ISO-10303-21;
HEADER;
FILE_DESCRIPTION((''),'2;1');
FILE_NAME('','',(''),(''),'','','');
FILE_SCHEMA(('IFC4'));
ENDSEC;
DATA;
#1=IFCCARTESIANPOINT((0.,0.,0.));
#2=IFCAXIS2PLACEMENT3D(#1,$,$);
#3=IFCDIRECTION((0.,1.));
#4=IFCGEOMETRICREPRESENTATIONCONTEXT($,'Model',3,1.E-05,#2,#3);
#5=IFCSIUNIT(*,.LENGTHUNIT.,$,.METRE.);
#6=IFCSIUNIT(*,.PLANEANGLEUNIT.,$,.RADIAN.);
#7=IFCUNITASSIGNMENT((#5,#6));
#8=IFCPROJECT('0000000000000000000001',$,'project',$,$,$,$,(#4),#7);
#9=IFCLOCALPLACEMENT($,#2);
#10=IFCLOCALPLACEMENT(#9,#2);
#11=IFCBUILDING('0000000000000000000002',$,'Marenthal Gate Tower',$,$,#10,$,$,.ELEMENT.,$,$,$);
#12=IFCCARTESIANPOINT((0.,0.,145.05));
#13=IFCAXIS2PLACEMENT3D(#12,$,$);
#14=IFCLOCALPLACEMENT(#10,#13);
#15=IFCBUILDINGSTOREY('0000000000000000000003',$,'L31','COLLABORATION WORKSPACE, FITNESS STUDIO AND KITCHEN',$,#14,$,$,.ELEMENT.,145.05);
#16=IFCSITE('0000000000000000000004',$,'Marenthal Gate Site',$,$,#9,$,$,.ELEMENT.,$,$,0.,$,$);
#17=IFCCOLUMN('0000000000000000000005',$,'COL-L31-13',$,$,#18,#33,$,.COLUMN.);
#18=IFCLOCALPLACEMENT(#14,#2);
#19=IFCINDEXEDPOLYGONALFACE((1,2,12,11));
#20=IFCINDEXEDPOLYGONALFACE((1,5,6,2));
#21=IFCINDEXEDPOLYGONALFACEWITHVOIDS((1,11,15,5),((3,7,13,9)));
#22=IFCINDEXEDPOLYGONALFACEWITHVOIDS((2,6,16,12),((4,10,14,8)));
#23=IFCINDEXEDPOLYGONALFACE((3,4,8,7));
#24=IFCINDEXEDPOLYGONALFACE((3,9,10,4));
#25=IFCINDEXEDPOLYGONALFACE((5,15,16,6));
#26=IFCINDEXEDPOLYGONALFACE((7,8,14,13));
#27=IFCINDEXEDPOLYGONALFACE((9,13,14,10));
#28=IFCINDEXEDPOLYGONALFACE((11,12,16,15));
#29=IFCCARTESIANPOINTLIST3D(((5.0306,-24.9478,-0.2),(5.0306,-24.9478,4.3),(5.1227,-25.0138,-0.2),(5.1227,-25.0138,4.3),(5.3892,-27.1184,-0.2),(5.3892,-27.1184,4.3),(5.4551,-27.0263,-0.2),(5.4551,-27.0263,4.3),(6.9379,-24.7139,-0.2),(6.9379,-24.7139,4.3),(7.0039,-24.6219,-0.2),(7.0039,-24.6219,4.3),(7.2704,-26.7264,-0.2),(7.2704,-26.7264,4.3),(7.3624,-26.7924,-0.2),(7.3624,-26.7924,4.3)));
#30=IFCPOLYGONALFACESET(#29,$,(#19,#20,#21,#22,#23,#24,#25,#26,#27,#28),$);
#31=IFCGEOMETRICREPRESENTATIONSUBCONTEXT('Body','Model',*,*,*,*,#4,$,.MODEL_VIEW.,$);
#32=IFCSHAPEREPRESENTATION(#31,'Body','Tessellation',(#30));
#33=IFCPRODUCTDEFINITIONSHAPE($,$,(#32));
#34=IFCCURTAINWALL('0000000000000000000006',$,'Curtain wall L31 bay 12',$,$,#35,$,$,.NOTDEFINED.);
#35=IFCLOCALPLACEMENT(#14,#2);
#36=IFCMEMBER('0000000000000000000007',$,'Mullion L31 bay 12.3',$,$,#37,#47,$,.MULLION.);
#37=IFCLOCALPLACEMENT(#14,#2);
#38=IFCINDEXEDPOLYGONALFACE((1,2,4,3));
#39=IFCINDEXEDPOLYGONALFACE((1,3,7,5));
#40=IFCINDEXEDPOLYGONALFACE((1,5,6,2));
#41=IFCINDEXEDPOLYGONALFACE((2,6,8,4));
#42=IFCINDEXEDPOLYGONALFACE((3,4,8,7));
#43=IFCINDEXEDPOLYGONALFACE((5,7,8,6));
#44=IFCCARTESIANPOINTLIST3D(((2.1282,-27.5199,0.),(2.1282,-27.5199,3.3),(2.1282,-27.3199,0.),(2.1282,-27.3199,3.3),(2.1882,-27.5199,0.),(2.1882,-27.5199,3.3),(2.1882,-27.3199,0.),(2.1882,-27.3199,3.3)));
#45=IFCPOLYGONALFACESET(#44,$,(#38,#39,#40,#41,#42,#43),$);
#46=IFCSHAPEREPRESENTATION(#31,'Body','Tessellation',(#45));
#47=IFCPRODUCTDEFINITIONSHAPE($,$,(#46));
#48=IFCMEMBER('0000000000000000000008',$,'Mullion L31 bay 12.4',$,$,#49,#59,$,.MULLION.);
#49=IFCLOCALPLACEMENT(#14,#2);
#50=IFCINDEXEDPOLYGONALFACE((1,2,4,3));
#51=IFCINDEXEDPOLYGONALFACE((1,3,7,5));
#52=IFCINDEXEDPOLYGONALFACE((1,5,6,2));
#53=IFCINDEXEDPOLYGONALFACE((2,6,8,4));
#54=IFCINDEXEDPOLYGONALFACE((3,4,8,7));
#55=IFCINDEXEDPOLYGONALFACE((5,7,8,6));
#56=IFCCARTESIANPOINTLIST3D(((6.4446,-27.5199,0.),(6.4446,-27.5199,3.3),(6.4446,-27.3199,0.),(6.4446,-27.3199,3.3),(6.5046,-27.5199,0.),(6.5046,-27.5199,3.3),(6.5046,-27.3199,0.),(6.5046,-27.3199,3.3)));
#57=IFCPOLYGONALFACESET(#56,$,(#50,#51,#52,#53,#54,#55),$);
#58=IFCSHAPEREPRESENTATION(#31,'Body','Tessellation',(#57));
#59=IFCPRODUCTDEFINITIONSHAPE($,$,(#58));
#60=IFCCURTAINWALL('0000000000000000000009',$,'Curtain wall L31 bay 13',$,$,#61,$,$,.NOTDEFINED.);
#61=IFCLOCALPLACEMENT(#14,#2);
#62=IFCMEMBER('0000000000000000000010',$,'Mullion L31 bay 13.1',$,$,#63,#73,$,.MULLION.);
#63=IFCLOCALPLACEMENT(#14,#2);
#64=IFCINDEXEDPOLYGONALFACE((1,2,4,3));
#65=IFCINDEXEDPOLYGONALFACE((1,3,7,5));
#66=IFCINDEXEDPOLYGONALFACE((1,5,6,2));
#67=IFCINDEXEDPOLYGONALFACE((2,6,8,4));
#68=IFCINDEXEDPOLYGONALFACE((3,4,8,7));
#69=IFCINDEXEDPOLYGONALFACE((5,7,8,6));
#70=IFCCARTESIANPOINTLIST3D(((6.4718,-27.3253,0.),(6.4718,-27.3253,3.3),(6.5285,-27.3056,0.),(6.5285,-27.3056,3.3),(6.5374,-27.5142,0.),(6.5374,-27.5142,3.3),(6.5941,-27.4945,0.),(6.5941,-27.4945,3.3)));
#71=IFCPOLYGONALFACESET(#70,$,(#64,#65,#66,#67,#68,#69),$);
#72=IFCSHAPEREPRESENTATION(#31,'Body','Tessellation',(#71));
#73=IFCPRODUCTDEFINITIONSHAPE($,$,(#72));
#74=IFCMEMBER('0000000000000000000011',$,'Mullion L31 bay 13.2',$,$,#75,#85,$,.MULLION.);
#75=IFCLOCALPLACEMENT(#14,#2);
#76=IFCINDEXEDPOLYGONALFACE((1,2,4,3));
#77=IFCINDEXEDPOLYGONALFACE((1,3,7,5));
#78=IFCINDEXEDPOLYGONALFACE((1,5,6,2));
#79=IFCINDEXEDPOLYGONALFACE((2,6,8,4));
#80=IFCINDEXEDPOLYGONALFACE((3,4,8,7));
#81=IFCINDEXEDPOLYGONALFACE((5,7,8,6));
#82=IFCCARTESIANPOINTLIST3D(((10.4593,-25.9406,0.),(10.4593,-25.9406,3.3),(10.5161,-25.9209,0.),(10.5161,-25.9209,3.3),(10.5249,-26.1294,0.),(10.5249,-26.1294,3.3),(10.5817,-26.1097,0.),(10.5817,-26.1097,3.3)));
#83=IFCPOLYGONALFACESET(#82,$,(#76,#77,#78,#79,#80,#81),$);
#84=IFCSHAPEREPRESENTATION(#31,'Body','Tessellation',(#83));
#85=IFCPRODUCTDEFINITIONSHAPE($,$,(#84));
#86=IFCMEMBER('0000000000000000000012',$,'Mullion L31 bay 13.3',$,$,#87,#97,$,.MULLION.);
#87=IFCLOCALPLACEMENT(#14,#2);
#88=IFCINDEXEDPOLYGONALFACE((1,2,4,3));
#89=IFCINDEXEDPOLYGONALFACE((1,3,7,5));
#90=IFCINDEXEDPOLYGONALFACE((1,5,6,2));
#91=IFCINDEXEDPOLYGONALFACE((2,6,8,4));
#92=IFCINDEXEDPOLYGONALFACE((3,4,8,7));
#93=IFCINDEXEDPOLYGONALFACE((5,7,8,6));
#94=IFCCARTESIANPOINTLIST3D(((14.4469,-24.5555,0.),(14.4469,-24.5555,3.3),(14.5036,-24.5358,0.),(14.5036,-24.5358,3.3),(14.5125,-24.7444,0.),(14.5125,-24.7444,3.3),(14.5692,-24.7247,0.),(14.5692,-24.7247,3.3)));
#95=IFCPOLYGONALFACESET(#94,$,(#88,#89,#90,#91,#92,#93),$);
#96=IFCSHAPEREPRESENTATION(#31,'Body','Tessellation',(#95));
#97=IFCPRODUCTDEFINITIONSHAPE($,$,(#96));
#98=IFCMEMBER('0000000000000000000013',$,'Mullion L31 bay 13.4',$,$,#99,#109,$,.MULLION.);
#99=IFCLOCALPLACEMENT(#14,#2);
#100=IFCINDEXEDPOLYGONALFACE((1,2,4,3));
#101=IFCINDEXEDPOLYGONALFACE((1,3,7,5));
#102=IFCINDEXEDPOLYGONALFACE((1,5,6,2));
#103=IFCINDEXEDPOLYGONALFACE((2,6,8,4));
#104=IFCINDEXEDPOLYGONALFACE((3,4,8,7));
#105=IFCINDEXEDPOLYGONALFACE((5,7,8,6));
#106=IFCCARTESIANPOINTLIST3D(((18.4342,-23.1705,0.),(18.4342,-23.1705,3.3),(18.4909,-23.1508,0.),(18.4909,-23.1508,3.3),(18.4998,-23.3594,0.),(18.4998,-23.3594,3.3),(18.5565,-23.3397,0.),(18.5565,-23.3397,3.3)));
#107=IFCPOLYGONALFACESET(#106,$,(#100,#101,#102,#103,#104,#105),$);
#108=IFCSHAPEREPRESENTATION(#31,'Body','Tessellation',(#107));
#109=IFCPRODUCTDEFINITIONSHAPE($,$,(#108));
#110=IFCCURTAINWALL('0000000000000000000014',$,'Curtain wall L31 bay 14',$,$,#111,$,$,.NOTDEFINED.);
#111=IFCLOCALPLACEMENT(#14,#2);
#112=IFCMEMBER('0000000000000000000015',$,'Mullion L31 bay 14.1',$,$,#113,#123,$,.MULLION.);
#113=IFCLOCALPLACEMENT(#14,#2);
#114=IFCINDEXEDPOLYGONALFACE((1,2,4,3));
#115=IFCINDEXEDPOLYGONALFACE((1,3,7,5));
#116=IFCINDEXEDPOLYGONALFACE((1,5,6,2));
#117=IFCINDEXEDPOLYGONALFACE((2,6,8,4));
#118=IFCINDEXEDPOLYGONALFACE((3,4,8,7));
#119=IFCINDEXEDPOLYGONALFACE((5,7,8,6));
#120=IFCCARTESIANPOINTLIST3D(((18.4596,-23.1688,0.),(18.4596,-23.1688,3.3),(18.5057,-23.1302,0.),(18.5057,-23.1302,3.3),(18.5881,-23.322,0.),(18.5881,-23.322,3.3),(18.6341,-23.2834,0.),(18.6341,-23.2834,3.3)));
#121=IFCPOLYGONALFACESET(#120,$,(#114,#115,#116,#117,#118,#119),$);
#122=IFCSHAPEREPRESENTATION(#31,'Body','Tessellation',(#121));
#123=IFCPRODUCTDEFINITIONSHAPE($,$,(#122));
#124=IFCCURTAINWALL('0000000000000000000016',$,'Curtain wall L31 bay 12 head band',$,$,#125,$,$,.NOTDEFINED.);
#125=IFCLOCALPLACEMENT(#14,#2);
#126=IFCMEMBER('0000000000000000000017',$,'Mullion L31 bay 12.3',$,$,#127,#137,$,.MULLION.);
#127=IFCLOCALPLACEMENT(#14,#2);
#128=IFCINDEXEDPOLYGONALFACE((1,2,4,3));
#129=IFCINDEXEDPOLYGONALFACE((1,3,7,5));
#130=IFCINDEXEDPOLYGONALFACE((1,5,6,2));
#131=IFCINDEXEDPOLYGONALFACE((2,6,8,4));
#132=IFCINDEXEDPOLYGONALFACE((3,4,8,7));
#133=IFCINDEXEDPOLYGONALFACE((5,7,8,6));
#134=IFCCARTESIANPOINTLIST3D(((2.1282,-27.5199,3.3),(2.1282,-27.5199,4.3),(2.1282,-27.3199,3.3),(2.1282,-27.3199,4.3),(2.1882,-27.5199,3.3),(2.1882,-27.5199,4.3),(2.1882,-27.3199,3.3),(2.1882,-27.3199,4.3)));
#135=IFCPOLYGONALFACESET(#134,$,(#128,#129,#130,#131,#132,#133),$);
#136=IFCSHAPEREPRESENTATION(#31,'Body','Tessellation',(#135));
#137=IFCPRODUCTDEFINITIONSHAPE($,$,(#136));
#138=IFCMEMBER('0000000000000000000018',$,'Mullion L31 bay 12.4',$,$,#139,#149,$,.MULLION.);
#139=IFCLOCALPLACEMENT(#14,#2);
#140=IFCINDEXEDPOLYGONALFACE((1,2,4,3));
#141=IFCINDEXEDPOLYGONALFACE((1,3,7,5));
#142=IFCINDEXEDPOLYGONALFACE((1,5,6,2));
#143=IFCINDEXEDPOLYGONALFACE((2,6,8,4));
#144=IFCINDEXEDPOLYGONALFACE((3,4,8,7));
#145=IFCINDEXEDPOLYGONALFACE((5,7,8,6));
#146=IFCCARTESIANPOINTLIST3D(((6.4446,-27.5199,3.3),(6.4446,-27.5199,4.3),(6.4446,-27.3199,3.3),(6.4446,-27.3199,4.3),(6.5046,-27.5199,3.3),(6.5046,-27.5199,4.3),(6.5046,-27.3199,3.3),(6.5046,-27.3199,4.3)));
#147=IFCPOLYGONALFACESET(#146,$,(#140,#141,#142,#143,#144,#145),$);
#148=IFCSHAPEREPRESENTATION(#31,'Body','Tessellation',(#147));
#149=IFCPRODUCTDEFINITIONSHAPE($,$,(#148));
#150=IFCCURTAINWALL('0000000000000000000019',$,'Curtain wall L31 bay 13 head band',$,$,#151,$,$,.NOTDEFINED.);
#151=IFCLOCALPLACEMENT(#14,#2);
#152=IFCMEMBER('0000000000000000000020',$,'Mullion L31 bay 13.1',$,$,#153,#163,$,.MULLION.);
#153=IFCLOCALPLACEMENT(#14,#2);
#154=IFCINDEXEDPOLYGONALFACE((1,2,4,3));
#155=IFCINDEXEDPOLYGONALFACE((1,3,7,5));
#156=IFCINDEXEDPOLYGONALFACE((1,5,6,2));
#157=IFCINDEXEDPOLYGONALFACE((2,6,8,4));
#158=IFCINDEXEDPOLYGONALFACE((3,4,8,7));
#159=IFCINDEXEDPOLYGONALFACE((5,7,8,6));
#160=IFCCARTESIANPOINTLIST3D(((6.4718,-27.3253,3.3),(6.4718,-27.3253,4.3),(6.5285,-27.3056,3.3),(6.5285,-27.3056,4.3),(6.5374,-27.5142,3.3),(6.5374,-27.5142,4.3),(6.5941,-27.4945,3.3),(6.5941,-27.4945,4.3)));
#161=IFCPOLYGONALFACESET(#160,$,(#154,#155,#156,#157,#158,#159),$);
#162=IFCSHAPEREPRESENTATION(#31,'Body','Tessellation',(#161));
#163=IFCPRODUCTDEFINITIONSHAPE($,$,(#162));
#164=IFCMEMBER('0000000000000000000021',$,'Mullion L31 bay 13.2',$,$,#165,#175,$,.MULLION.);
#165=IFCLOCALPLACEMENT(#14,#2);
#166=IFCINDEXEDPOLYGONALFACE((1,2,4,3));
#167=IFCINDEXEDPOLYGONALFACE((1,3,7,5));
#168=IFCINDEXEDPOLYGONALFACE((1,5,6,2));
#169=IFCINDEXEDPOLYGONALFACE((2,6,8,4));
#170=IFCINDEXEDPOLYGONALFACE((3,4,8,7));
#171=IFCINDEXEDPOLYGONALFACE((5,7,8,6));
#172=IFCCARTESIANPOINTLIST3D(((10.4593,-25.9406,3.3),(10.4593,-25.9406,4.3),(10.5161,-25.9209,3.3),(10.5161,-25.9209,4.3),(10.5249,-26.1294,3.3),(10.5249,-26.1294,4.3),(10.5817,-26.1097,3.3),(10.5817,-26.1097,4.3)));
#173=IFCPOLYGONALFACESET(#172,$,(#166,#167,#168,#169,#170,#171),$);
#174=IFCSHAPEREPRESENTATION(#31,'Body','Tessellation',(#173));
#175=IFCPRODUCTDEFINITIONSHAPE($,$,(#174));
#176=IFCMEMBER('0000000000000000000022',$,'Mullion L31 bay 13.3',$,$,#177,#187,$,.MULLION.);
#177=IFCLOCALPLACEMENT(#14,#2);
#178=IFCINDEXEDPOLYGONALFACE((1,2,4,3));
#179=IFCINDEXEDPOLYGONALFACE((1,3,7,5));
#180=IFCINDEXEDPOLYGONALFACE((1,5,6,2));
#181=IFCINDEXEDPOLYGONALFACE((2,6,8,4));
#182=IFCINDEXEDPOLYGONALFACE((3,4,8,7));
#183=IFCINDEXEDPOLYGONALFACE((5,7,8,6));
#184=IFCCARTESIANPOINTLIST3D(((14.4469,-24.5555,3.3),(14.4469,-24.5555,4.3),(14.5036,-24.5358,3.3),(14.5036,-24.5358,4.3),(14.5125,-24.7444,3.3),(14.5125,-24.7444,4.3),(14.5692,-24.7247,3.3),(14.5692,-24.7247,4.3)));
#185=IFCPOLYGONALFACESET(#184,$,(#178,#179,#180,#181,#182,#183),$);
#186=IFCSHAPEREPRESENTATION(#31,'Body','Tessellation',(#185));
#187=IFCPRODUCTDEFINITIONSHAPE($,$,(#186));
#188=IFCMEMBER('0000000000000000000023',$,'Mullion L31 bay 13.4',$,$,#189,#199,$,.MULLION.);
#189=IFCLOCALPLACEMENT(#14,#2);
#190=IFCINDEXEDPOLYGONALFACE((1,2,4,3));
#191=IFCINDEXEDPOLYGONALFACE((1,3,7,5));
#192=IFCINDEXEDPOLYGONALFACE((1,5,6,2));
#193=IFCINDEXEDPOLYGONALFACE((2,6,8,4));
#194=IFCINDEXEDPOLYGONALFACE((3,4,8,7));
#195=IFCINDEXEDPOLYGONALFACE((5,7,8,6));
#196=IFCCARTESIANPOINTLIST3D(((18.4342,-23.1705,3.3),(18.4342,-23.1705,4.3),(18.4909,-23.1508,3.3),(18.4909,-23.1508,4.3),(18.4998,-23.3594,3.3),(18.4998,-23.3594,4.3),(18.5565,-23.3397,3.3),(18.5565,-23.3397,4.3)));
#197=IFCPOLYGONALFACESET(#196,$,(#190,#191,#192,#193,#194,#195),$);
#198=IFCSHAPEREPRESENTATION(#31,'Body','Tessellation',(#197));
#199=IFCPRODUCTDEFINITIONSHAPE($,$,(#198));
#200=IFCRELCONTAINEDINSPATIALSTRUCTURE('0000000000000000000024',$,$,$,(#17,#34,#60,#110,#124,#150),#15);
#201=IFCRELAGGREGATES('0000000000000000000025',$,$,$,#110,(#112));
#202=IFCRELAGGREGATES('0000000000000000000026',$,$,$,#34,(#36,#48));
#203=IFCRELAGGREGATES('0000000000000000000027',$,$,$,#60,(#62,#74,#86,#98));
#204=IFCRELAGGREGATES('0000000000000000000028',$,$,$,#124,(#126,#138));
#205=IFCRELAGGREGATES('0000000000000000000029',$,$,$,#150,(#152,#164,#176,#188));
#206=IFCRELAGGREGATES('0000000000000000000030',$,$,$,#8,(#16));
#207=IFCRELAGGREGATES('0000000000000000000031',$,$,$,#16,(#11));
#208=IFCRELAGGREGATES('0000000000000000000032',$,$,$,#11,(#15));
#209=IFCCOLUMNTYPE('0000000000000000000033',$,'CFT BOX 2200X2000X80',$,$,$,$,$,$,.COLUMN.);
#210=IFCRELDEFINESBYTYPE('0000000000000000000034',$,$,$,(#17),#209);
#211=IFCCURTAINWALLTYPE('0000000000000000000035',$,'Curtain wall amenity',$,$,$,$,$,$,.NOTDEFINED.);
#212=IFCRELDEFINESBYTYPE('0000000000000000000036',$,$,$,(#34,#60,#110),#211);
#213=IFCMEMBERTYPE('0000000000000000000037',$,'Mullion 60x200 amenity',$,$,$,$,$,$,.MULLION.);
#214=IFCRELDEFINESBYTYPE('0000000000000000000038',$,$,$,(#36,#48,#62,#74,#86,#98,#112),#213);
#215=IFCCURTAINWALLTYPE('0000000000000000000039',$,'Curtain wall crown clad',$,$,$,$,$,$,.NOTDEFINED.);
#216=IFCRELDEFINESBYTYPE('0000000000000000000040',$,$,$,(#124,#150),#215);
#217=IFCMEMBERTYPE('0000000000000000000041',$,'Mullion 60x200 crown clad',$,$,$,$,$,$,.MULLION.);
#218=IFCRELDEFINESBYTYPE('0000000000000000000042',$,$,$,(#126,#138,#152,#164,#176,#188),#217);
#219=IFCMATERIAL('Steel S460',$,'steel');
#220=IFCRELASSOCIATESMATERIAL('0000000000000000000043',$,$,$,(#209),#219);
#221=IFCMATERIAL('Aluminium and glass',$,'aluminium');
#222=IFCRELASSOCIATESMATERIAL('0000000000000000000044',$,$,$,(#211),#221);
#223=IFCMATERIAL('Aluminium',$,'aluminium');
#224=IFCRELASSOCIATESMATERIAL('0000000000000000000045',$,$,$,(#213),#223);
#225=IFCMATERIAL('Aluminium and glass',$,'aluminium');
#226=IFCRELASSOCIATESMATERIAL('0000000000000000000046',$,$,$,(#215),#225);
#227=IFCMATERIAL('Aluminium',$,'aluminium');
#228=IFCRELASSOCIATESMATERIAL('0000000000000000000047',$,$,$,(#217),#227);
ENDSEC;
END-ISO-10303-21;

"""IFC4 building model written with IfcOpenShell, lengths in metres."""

from ifc_helpers import new_model, si_unit, direction, frame, origin, origin_2d, place, context, subcontext, project, spatial, rectangle, hollow_rectangle, extrude, material, material_profile, profile_set, type_object, element, aggregate, save


model = new_model("IFC4")

# Units and contexts
model_context = context("Model", 3, precision=1e-05, world=origin(), true_north=direction((0.0, 1.0)))
body_context = subcontext(model_context, "Body", "Model", "MODEL_VIEW")
ifc_project = project(units=[si_unit("LENGTHUNIT", "METRE"), si_unit("PLANEANGLEUNIT", "RADIAN")], contexts=[model_context])

# Site, building, storey
site_placement = place(None, origin())
site = spatial("IfcSite", under=ifc_project, at=site_placement, Name="Marenthal Gate Site", CompositionType="ELEMENT", RefElevation=0.0)
building_placement = place(site_placement, origin())
building = spatial("IfcBuilding", under=site, at=building_placement, Name="Marenthal Gate Tower", CompositionType="ELEMENT")
storey_placement = place(building_placement, frame((0.0, 0.0, 145.05)))
storey = spatial("IfcBuildingStorey", under=building, at=storey_placement, Name="L31", Description="COLLABORATION WORKSPACE, FITNESS STUDIO AND KITCHEN", CompositionType="ELEMENT", Elevation=145.05)

# Column
ifc_material_1 = material(Name="Steel S460", Category="steel")
ifc_material_profile_1 = material_profile(ifc_material_1, hollow_rectangle(XDim=2.0, YDim=2.2, WallThickness=0.0801, at=origin_2d()), Name="CFT BOX 2200X2000X80")
ifc_material_2 = material(Name="Concrete 70 MPa", Category="concrete")
ifc_material_profile_2 = material_profile(ifc_material_2, rectangle(XDim=1.8401, YDim=2.04, at=origin_2d()), Name="CFT BOX 2200X2000X80 INFILL")
ifc_profile_set_1 = profile_set([ifc_material_profile_1, ifc_material_profile_2], Name="Steel S460 shell, Concrete 70 MPa infill")
column_type = type_object("IfcColumnType", Name="CFT BOX 2200X2000X80", PredefinedType="COLUMN", material=ifc_profile_set_1)
column_placement = place(storey_placement, frame((6.1965, -25.8701, -0.2), z_axis=(0.0, 0.0, 1.0), x_axis=(-0.986629, -0.16298, 0.0)))
element("IfcColumn", 1, at=column_placement, inside=storey, type_object=column_type, Name="COL-L31-13", PredefinedType="COLUMN", context=body_context, shape_type="SweptSolid", body=[
    extrude(hollow_rectangle(XDim=2.0, YDim=2.2, WallThickness=0.0801, at=origin_2d()), origin(), (0.0, 0.0, 1.0), 4.5),
])

# Curtain walls, members
ifc_material_3 = material(Name="Aluminium and glass", Category="aluminium")
curtain_wall_type_1 = type_object("IfcCurtainWallType", Name="Curtain wall amenity", PredefinedType="NOTDEFINED", material=ifc_material_3)
curtain_wall_1_placement = place(storey_placement, origin())
curtain_wall_1 = element("IfcCurtainWall", 2, at=curtain_wall_1_placement, inside=storey, type_object=curtain_wall_type_1, Name="Curtain wall L31 bay 12", PredefinedType="NOTDEFINED")
ifc_material_4 = material(Name="Aluminium", Category="aluminium")
ifc_material_profile_3 = material_profile(ifc_material_4, rectangle(XDim=0.2, YDim=0.0601, at=origin_2d()), Name="60x200 aluminium mullion")
ifc_profile_set_2 = profile_set([ifc_material_profile_3], Name="Aluminium")
member_type_1 = type_object("IfcMemberType", Name="Mullion 60x200 amenity", PredefinedType="MULLION", material=ifc_profile_set_2)
member_1_placement = place(storey_placement, frame((2.1582, -27.4199, 0.0), z_axis=(0.0, 0.0, 1.0), x_axis=(0.0, 1.0, 0.0)))
member_1 = element("IfcMember", 3, at=member_1_placement, type_object=member_type_1, Name="Mullion L31 bay 12.3", PredefinedType="MULLION", context=body_context, shape_type="SweptSolid", body=[
    extrude(rectangle(XDim=0.2, YDim=0.0601, at=origin_2d()), origin(), (0.0, 0.0, 1.0), 3.3),
])
member_2_placement = place(storey_placement, frame((6.4746, -27.4199, 0.0), z_axis=(0.0, 0.0, 1.0), x_axis=(0.0, 1.0, 0.0)))
member_2 = element("IfcMember", 4, at=member_2_placement, type_object=member_type_1, Name="Mullion L31 bay 12.4", PredefinedType="MULLION", context=body_context, shape_type="SweptSolid", body=[
    extrude(rectangle(XDim=0.2, YDim=0.0601, at=origin_2d()), origin(), (0.0, 0.0, 1.0), 3.3),
])
curtain_wall_2_placement = place(storey_placement, origin())
curtain_wall_2 = element("IfcCurtainWall", 5, at=curtain_wall_2_placement, inside=storey, type_object=curtain_wall_type_1, Name="Curtain wall L31 bay 13", PredefinedType="NOTDEFINED")
member_3_placement = place(storey_placement, frame((6.533, -27.4099, 0.0), z_axis=(0.0, 0.0, 1.0), x_axis=(-0.328089, 0.944647, 0.0)))
member_3 = element("IfcMember", 6, at=member_3_placement, type_object=member_type_1, Name="Mullion L31 bay 13.1", PredefinedType="MULLION", context=body_context, shape_type="SweptSolid", body=[
    extrude(rectangle(XDim=0.2, YDim=0.0601, at=origin_2d()), origin(), (0.0, 0.0, 1.0), 3.3),
])
member_4_placement = place(storey_placement, frame((10.5205, -26.0251, 0.0), z_axis=(0.0, 0.0, 1.0), x_axis=(-0.328089, 0.944647, 0.0)))
member_4 = element("IfcMember", 7, at=member_4_placement, type_object=member_type_1, Name="Mullion L31 bay 13.2", PredefinedType="MULLION", context=body_context, shape_type="SweptSolid", body=[
    extrude(rectangle(XDim=0.2, YDim=0.0601, at=origin_2d()), origin(), (0.0, 0.0, 1.0), 3.3),
])
member_5_placement = place(storey_placement, frame((14.5081, -24.6401, 0.0), z_axis=(0.0, 0.0, 1.0), x_axis=(-0.328089, 0.944647, 0.0)))
member_5 = element("IfcMember", 8, at=member_5_placement, type_object=member_type_1, Name="Mullion L31 bay 13.3", PredefinedType="MULLION", context=body_context, shape_type="SweptSolid", body=[
    extrude(rectangle(XDim=0.2, YDim=0.0601, at=origin_2d()), origin(), (0.0, 0.0, 1.0), 3.3),
])
member_6_placement = place(storey_placement, frame((18.4954, -23.2551, 0.0), z_axis=(0.0, 0.0, 1.0), x_axis=(-0.328089, 0.944647, 0.0)))
member_6 = element("IfcMember", 9, at=member_6_placement, type_object=member_type_1, Name="Mullion L31 bay 13.4", PredefinedType="MULLION", context=body_context, shape_type="SweptSolid", body=[
    extrude(rectangle(XDim=0.2, YDim=0.0601, at=origin_2d()), origin(), (0.0, 0.0, 1.0), 3.3),
])

# Curtain wall, member
curtain_wall_3_placement = place(storey_placement, origin())
curtain_wall_3 = element("IfcCurtainWall", 10, at=curtain_wall_3_placement, inside=storey, type_object=curtain_wall_type_1, Name="Curtain wall L31 bay 14", PredefinedType="NOTDEFINED")
member_7_placement = place(storey_placement, frame((18.5469, -23.2261, 0.0), z_axis=(0.0, 0.0, 1.0), x_axis=(-0.642511, 0.766277, 0.0)))
member_7 = element("IfcMember", 11, at=member_7_placement, type_object=member_type_1, Name="Mullion L31 bay 14.1", PredefinedType="MULLION", context=body_context, shape_type="SweptSolid", body=[
    extrude(rectangle(XDim=0.2, YDim=0.0601, at=origin_2d()), origin(), (0.0, 0.0, 1.0), 3.3),
])
aggregate(curtain_wall_3, [member_7])

# Curtain walls, members
ifc_material_5 = material(Name="Aluminium and glass", Category="aluminium")
curtain_wall_type_2 = type_object("IfcCurtainWallType", Name="Curtain wall crown clad", PredefinedType="NOTDEFINED", material=ifc_material_5)
curtain_wall_4_placement = place(storey_placement, origin())
curtain_wall_4 = element("IfcCurtainWall", 12, at=curtain_wall_4_placement, inside=storey, type_object=curtain_wall_type_2, Name="Curtain wall L31 bay 12 head band", PredefinedType="NOTDEFINED")
ifc_material_6 = material(Name="Aluminium", Category="aluminium")
ifc_material_profile_4 = material_profile(ifc_material_6, rectangle(XDim=0.2, YDim=0.0601, at=origin_2d()), Name="60x200 aluminium mullion")
ifc_profile_set_3 = profile_set([ifc_material_profile_4], Name="Aluminium")
member_type_2 = type_object("IfcMemberType", Name="Mullion 60x200 crown clad", PredefinedType="MULLION", material=ifc_profile_set_3)
member_8_placement = place(storey_placement, frame((2.1582, -27.4199, 3.3), z_axis=(0.0, 0.0, 1.0), x_axis=(0.0, 1.0, 0.0)))
member_8 = element("IfcMember", 13, at=member_8_placement, type_object=member_type_2, Name="Mullion L31 bay 12.3", PredefinedType="MULLION", context=body_context, shape_type="SweptSolid", body=[
    extrude(rectangle(XDim=0.2, YDim=0.0601, at=origin_2d()), origin(), (0.0, 0.0, 1.0), 1.0),
])
member_9_placement = place(storey_placement, frame((6.4746, -27.4199, 3.3), z_axis=(0.0, 0.0, 1.0), x_axis=(0.0, 1.0, 0.0)))
member_9 = element("IfcMember", 14, at=member_9_placement, type_object=member_type_2, Name="Mullion L31 bay 12.4", PredefinedType="MULLION", context=body_context, shape_type="SweptSolid", body=[
    extrude(rectangle(XDim=0.2, YDim=0.0601, at=origin_2d()), origin(), (0.0, 0.0, 1.0), 1.0),
])
curtain_wall_5_placement = place(storey_placement, origin())
curtain_wall_5 = element("IfcCurtainWall", 15, at=curtain_wall_5_placement, inside=storey, type_object=curtain_wall_type_2, Name="Curtain wall L31 bay 13 head band", PredefinedType="NOTDEFINED")
member_10_placement = place(storey_placement, frame((6.533, -27.4099, 3.3), z_axis=(0.0, 0.0, 1.0), x_axis=(-0.328089, 0.944647, 0.0)))
member_10 = element("IfcMember", 16, at=member_10_placement, type_object=member_type_2, Name="Mullion L31 bay 13.1", PredefinedType="MULLION", context=body_context, shape_type="SweptSolid", body=[
    extrude(rectangle(XDim=0.2, YDim=0.0601, at=origin_2d()), origin(), (0.0, 0.0, 1.0), 1.0),
])
member_11_placement = place(storey_placement, frame((10.5205, -26.0251, 3.3), z_axis=(0.0, 0.0, 1.0), x_axis=(-0.328089, 0.944647, 0.0)))
member_11 = element("IfcMember", 17, at=member_11_placement, type_object=member_type_2, Name="Mullion L31 bay 13.2", PredefinedType="MULLION", context=body_context, shape_type="SweptSolid", body=[
    extrude(rectangle(XDim=0.2, YDim=0.0601, at=origin_2d()), origin(), (0.0, 0.0, 1.0), 1.0),
])
member_12_placement = place(storey_placement, frame((14.5081, -24.6401, 3.3), z_axis=(0.0, 0.0, 1.0), x_axis=(-0.328089, 0.944647, 0.0)))
member_12 = element("IfcMember", 18, at=member_12_placement, type_object=member_type_2, Name="Mullion L31 bay 13.3", PredefinedType="MULLION", context=body_context, shape_type="SweptSolid", body=[
    extrude(rectangle(XDim=0.2, YDim=0.0601, at=origin_2d()), origin(), (0.0, 0.0, 1.0), 1.0),
])
member_13_placement = place(storey_placement, frame((18.4954, -23.2551, 3.3), z_axis=(0.0, 0.0, 1.0), x_axis=(-0.328089, 0.944647, 0.0)))
member_13 = element("IfcMember", 19, at=member_13_placement, type_object=member_type_2, Name="Mullion L31 bay 13.4", PredefinedType="MULLION", context=body_context, shape_type="SweptSolid", body=[
    extrude(rectangle(XDim=0.2, YDim=0.0601, at=origin_2d()), origin(), (0.0, 0.0, 1.0), 1.0),
])

aggregate(curtain_wall_1, [member_1, member_2])
aggregate(curtain_wall_2, [member_3, member_4, member_5, member_6])
aggregate(curtain_wall_4, [member_8, member_9])
aggregate(curtain_wall_5, [member_10, member_11, member_12, member_13])

save(model, "model.ifc")
